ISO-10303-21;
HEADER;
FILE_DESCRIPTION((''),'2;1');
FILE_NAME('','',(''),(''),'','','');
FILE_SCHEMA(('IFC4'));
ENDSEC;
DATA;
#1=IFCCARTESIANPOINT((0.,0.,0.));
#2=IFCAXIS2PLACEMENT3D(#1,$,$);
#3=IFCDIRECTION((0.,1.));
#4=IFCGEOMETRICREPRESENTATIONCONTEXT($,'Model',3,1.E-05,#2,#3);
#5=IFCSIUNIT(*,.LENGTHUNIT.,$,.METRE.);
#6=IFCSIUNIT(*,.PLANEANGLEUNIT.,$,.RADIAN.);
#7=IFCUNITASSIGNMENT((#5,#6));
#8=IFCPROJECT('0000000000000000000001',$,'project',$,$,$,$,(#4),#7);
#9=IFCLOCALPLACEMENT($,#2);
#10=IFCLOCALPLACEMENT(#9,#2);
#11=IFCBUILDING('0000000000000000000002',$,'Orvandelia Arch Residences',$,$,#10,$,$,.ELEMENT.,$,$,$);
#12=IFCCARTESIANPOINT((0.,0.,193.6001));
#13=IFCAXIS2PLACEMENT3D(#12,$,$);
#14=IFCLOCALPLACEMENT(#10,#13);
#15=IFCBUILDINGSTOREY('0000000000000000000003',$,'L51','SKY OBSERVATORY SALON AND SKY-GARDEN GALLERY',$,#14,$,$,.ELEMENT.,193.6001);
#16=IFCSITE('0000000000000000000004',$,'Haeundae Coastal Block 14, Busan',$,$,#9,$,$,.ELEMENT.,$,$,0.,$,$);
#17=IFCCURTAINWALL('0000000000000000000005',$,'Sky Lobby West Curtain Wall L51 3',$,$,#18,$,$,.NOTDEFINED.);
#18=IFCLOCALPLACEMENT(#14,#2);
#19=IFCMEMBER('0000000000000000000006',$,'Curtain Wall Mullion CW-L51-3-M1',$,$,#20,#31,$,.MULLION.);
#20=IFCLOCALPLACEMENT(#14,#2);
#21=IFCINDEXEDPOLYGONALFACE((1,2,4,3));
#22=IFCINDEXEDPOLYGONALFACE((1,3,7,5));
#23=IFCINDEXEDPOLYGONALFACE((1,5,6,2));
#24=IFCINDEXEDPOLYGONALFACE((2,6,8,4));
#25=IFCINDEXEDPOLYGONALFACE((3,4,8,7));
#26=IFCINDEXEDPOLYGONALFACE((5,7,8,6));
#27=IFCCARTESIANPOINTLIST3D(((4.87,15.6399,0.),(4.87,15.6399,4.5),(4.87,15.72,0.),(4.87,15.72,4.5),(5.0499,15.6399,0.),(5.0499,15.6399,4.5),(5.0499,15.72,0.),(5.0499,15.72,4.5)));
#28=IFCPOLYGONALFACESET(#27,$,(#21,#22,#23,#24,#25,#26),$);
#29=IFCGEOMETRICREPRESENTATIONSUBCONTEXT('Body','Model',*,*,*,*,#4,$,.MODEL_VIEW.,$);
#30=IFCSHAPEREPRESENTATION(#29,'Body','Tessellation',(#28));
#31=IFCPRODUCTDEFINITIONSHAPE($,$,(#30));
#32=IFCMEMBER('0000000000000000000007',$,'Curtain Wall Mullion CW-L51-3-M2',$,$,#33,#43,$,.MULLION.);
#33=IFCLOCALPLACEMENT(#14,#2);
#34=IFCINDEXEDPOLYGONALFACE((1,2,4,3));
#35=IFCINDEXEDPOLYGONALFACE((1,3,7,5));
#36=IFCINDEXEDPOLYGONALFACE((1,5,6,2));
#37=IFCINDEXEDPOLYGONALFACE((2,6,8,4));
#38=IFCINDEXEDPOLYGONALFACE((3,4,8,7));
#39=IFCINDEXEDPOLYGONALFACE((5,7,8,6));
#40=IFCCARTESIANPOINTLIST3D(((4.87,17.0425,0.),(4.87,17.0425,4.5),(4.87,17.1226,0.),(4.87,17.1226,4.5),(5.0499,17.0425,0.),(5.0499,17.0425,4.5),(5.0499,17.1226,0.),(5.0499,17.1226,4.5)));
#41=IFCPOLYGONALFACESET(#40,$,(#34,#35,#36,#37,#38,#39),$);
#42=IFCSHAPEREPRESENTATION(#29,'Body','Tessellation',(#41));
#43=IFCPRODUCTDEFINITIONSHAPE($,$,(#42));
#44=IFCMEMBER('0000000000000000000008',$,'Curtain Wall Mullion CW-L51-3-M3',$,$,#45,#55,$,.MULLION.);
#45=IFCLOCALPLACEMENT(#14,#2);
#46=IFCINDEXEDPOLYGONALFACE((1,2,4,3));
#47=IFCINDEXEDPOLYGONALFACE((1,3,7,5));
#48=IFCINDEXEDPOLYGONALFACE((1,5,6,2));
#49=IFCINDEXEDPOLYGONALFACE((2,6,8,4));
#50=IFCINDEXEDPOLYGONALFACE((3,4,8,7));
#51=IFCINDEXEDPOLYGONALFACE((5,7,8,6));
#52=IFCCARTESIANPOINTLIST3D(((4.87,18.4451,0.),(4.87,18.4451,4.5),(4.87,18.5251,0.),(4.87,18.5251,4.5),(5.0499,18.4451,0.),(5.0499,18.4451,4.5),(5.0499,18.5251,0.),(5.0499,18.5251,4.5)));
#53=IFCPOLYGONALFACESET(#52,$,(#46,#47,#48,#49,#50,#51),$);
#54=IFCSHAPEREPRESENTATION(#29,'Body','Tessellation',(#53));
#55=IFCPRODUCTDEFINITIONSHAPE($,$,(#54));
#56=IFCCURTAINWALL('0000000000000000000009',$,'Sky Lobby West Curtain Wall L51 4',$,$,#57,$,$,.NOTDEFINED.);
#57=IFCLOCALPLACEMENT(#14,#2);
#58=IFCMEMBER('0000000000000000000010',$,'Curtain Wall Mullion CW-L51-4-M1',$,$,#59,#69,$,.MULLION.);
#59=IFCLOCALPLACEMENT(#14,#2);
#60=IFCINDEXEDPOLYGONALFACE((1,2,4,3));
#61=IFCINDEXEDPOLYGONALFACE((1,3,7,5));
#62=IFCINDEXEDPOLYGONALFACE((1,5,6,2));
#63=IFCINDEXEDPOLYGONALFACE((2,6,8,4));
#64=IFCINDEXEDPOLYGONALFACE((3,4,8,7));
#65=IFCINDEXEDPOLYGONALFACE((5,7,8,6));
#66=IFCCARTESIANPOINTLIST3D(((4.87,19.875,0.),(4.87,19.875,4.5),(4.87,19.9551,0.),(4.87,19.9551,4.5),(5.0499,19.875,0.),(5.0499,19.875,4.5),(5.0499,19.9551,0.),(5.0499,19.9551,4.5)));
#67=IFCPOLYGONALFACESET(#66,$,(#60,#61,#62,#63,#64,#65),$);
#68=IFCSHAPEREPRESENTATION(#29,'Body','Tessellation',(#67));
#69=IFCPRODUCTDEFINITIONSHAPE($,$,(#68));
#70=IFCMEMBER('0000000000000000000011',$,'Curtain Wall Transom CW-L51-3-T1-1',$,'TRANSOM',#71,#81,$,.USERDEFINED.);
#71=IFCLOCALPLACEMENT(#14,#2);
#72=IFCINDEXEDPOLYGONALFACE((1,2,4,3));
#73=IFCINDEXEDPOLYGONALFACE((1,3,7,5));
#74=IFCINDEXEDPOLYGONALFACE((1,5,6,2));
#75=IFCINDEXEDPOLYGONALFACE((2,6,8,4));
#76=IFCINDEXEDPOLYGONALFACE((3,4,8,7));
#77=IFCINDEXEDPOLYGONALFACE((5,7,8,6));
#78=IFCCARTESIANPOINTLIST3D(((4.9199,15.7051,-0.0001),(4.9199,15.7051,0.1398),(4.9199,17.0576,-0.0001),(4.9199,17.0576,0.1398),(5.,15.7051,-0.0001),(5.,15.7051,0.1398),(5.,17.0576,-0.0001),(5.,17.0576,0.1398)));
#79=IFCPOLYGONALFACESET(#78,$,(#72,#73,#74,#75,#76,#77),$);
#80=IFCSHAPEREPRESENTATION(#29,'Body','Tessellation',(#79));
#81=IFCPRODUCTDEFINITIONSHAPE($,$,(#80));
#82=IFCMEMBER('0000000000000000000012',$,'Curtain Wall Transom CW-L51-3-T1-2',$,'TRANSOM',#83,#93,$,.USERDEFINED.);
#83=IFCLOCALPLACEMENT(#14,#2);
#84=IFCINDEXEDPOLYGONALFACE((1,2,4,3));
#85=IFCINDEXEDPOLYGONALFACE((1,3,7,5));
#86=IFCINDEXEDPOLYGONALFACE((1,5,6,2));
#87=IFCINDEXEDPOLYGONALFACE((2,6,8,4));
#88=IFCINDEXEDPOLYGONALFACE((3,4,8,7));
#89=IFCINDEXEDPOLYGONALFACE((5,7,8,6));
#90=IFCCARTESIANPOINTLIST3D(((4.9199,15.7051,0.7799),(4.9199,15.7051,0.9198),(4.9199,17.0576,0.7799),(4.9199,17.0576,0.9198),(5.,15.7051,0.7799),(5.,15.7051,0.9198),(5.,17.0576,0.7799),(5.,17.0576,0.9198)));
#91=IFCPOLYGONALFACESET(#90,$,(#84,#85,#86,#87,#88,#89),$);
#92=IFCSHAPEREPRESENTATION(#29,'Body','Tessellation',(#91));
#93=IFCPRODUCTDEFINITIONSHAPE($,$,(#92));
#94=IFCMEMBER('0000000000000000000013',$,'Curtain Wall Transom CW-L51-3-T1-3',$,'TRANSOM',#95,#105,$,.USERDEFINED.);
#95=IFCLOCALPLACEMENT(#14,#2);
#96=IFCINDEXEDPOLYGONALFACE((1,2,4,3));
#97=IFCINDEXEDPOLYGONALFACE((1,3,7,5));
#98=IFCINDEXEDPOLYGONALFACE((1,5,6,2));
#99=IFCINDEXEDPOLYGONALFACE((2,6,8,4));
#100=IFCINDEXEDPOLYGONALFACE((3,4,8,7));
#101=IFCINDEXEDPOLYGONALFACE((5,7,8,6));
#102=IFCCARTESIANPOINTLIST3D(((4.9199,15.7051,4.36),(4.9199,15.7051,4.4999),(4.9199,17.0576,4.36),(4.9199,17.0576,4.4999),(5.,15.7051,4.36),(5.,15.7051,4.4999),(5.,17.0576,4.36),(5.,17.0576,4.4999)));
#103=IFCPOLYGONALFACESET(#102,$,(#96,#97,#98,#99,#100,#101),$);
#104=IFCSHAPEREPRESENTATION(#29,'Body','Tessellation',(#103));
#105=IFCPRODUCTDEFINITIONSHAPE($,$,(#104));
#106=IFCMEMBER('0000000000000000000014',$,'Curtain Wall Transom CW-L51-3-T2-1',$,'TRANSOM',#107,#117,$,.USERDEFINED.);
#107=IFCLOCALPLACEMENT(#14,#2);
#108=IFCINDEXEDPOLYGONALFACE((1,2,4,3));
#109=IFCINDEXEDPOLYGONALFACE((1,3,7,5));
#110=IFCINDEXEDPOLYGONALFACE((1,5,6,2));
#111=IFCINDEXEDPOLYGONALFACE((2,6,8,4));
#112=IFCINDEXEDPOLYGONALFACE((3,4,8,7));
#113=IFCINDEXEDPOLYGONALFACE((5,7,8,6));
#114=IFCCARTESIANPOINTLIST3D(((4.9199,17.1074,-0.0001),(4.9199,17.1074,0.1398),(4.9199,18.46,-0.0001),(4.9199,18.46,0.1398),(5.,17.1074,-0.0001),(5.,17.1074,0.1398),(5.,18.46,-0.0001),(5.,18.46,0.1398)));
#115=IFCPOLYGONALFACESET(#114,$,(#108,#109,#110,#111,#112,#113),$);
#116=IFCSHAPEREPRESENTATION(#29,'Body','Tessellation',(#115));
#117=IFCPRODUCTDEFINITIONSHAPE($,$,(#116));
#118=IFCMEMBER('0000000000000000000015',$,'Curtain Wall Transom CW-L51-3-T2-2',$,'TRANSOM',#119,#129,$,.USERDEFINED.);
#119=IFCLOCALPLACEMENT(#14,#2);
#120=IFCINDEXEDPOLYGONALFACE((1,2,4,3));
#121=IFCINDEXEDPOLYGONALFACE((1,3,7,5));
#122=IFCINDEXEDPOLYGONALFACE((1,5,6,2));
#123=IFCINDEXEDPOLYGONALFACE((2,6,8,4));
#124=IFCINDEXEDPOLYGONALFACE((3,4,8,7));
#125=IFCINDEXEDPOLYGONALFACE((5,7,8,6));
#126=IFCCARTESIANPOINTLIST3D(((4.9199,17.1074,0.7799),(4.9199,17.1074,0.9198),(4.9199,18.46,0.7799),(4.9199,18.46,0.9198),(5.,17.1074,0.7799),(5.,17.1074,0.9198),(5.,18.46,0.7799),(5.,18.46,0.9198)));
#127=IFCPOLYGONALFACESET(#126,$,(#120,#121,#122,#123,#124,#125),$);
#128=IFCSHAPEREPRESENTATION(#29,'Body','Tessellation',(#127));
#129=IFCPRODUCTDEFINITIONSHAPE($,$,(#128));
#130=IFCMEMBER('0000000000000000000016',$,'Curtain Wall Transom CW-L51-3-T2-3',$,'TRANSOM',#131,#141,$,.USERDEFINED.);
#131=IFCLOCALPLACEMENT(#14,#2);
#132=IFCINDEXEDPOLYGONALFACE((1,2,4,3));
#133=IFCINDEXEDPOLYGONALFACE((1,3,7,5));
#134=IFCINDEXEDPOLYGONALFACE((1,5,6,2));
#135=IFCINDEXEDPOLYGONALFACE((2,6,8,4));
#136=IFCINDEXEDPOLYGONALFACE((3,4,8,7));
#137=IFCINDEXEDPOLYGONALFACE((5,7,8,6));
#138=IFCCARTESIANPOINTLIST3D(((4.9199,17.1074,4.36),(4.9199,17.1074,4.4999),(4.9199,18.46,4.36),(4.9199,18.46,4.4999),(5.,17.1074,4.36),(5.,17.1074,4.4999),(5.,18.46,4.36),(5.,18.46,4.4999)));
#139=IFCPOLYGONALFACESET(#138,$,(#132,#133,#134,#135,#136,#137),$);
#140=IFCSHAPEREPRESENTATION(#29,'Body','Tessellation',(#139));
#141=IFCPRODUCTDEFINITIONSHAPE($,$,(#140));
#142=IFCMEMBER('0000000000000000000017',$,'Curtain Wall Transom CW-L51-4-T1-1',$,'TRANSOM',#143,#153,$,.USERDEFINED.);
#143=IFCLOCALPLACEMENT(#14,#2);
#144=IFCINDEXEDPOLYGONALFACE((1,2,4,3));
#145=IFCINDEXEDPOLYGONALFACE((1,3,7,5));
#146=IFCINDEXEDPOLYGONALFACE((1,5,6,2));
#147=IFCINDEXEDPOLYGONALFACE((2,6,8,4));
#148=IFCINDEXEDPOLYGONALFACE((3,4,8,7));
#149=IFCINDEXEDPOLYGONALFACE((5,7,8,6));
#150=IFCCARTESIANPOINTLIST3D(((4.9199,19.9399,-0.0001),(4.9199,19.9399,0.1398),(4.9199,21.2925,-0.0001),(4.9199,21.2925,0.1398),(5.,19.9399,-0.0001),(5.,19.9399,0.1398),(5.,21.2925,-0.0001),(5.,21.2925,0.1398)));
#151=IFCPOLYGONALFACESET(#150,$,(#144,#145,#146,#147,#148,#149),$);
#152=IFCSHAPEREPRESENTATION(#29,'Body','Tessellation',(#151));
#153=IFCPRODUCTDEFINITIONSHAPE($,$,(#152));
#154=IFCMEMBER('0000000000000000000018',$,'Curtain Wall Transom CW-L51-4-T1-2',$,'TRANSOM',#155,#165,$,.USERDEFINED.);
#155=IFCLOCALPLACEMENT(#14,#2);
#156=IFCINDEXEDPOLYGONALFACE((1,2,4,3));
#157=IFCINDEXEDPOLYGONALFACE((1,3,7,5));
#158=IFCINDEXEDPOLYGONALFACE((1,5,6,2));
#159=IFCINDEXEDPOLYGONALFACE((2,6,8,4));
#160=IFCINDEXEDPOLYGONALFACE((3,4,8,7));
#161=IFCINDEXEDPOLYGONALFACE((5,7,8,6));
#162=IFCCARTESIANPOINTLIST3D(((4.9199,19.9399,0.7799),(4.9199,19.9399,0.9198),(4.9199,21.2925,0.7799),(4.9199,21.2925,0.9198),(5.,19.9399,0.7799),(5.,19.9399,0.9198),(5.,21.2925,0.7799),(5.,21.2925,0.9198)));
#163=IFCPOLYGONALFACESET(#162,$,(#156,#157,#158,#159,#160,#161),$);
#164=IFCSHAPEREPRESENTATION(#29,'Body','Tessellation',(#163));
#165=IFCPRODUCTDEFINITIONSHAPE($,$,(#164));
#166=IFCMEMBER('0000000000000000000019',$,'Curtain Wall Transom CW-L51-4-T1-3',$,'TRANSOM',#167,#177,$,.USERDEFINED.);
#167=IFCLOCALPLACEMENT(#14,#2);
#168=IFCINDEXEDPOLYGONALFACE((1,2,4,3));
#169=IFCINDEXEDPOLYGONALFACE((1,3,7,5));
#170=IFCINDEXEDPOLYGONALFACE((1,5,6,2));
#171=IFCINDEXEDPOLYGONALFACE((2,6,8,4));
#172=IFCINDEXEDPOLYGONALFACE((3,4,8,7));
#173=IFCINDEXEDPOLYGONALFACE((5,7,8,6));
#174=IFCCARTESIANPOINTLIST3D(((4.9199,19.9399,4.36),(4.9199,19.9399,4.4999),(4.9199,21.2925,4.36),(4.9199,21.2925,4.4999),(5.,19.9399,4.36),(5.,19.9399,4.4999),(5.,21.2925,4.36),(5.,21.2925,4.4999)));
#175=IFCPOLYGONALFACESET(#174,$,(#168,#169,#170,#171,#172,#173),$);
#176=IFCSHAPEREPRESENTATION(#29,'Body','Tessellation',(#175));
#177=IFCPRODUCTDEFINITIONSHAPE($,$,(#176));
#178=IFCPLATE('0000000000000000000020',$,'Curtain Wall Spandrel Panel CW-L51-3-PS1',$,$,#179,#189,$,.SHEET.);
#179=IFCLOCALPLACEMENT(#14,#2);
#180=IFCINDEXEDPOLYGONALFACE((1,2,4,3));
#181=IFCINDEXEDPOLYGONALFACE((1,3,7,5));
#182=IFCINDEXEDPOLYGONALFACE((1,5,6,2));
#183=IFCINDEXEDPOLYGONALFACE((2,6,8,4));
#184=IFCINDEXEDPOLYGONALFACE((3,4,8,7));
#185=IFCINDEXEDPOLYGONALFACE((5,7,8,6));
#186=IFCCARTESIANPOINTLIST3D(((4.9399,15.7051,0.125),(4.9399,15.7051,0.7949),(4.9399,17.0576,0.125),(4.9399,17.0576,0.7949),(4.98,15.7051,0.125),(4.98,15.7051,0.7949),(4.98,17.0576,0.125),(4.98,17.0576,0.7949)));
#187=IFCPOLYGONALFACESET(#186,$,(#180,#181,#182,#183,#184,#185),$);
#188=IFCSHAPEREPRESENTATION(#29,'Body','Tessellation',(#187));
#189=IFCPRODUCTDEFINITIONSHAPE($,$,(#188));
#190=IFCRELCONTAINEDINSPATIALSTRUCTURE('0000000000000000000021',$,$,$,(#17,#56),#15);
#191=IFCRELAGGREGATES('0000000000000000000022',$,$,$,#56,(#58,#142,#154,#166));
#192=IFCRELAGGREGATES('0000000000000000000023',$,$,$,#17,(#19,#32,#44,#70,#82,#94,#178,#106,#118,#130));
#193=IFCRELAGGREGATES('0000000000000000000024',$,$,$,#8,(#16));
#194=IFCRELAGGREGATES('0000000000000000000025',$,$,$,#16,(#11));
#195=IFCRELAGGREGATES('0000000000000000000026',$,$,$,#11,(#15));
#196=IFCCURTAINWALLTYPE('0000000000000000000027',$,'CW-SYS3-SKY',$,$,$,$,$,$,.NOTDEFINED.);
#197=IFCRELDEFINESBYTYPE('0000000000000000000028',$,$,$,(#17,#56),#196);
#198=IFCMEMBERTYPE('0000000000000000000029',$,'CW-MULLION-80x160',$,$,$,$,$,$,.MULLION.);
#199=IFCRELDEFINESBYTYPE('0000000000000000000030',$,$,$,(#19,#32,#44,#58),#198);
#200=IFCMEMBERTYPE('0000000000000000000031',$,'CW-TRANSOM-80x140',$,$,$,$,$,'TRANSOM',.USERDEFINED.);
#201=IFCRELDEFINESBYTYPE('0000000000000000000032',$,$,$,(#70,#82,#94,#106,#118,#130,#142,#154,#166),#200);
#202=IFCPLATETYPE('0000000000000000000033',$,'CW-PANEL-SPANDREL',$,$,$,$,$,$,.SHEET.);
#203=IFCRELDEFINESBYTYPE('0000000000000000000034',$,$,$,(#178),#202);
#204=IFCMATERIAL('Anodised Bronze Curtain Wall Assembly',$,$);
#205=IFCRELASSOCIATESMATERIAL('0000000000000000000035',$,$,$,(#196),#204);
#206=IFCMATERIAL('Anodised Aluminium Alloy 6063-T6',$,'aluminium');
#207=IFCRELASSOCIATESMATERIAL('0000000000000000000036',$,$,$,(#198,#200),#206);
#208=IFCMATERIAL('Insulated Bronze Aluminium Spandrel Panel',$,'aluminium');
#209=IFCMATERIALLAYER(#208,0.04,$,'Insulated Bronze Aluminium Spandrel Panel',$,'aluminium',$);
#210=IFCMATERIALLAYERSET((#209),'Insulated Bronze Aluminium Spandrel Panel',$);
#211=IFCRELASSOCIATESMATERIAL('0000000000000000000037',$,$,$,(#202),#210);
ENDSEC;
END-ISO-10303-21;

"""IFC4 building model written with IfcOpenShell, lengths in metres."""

from ifc_helpers import new_model, si_unit, direction, frame, origin, origin_2d, place, context, subcontext, project, spatial, rectangle, extrude, material, layer, layer_set, material_profile, profile_set, type_object, element, aggregate, save


model = new_model("IFC4")

# Units and contexts
model_context = context("Model", 3, precision=1e-05, world=origin(), true_north=direction((0.0, 1.0)))
body_context = subcontext(model_context, "Body", "Model", "MODEL_VIEW")
ifc_project = project(units=[si_unit("LENGTHUNIT", "METRE"), si_unit("PLANEANGLEUNIT", "RADIAN")], contexts=[model_context])

# Site, building, storey
site_placement = place(None, origin())
site = spatial("IfcSite", under=ifc_project, at=site_placement, Name="Haeundae Coastal Block 14, Busan", CompositionType="ELEMENT", RefElevation=0.0)
building_placement = place(site_placement, origin())
building = spatial("IfcBuilding", under=site, at=building_placement, Name="Orvandelia Arch Residences", CompositionType="ELEMENT")
storey_placement = place(building_placement, frame((0.0, 0.0, 193.6001)))
storey = spatial("IfcBuildingStorey", under=building, at=storey_placement, Name="L51", Description="SKY OBSERVATORY SALON AND SKY-GARDEN GALLERY", CompositionType="ELEMENT", Elevation=193.6001)

# Curtain wall, members
ifc_material_1 = material(Name="Anodised Bronze Curtain Wall Assembly")
curtain_wall_type = type_object("IfcCurtainWallType", Name="CW-SYS3-SKY", PredefinedType="NOTDEFINED", material=ifc_material_1)
curtain_wall_1_placement = place(storey_placement, origin())
curtain_wall_1 = element("IfcCurtainWall", 1, at=curtain_wall_1_placement, inside=storey, type_object=curtain_wall_type, Name="Sky Lobby West Curtain Wall L51 3", PredefinedType="NOTDEFINED")
ifc_material_2 = material(Name="Anodised Aluminium Alloy 6063-T6", Category="aluminium")
ifc_material_profile_1 = material_profile(ifc_material_2, rectangle(XDim=0.0801, YDim=0.1799, at=origin_2d()), Name="Anodised Aluminium Alloy 6063-T6", Category="aluminium")
ifc_profile_set_1 = profile_set([ifc_material_profile_1], Name="Anodised Aluminium Alloy 6063-T6")
member_type_1 = type_object("IfcMemberType", Name="CW-MULLION-80x160", PredefinedType="MULLION", material=ifc_profile_set_1)
member_1_placement = place(storey_placement, frame((4.96, 15.6799, 0.0), z_axis=(0.0, 0.0, 1.0), x_axis=(0.0, 1.0, 0.0)))
member_1 = element("IfcMember", 2, at=member_1_placement, type_object=member_type_1, Name="Curtain Wall Mullion CW-L51-3-M1", PredefinedType="MULLION", context=body_context, shape_type="SweptSolid", body=[
    extrude(rectangle(XDim=0.0801, YDim=0.1799, at=origin_2d()), origin(), (0.0, 0.0, 1.0), 4.5),
])
member_2_placement = place(storey_placement, frame((4.96, 17.0825, 0.0), z_axis=(0.0, 0.0, 1.0), x_axis=(0.0, 1.0, 0.0)))
member_2 = element("IfcMember", 3, at=member_2_placement, type_object=member_type_1, Name="Curtain Wall Mullion CW-L51-3-M2", PredefinedType="MULLION", context=body_context, shape_type="SweptSolid", body=[
    extrude(rectangle(XDim=0.0801, YDim=0.1799, at=origin_2d()), origin(), (0.0, 0.0, 1.0), 4.5),
])
member_3_placement = place(storey_placement, frame((4.96, 18.4851, 0.0), z_axis=(0.0, 0.0, 1.0), x_axis=(0.0, 1.0, 0.0)))
member_3 = element("IfcMember", 4, at=member_3_placement, type_object=member_type_1, Name="Curtain Wall Mullion CW-L51-3-M3", PredefinedType="MULLION", context=body_context, shape_type="SweptSolid", body=[
    extrude(rectangle(XDim=0.0801, YDim=0.1799, at=origin_2d()), origin(), (0.0, 0.0, 1.0), 4.5),
])

# Curtain wall, member
curtain_wall_2_placement = place(storey_placement, origin())
curtain_wall_2 = element("IfcCurtainWall", 5, at=curtain_wall_2_placement, inside=storey, type_object=curtain_wall_type, Name="Sky Lobby West Curtain Wall L51 4", PredefinedType="NOTDEFINED")
member_4_placement = place(storey_placement, frame((4.96, 19.915, 0.0), z_axis=(0.0, 0.0, 1.0), x_axis=(0.0, 1.0, 0.0)))
member_4 = element("IfcMember", 6, at=member_4_placement, type_object=member_type_1, Name="Curtain Wall Mullion CW-L51-4-M1", PredefinedType="MULLION", context=body_context, shape_type="SweptSolid", body=[
    extrude(rectangle(XDim=0.0801, YDim=0.1799, at=origin_2d()), origin(), (0.0, 0.0, 1.0), 4.5),
])

# Members
ifc_material_profile_2 = material_profile(ifc_material_2, rectangle(XDim=0.0801, YDim=0.1399, at=origin_2d()), Name="Anodised Aluminium Alloy 6063-T6", Category="aluminium")
ifc_profile_set_2 = profile_set([ifc_material_profile_2], Name="Anodised Aluminium Alloy 6063-T6")
member_type_2 = type_object("IfcMemberType", Name="CW-TRANSOM-80x140", ElementType="TRANSOM", PredefinedType="USERDEFINED", material=ifc_profile_set_2)
member_5_placement = place(storey_placement, frame((4.96, 15.7051, 0.0698), z_axis=(0.0, 1.0, 0.0), x_axis=(-1.0, 0.0, 0.0)))
member_5 = element("IfcMember", 7, at=member_5_placement, type_object=member_type_2, Name="Curtain Wall Transom CW-L51-3-T1-1", ObjectType="TRANSOM", PredefinedType="USERDEFINED", context=body_context, shape_type="SweptSolid", body=[
    extrude(rectangle(XDim=0.0801, YDim=0.1399, at=origin_2d()), origin(), (0.0, 0.0, 1.0), 1.3525),
])
member_6_placement = place(storey_placement, frame((4.96, 15.7051, 0.8499), z_axis=(0.0, 1.0, 0.0), x_axis=(-1.0, 0.0, 0.0)))
member_6 = element("IfcMember", 8, at=member_6_placement, type_object=member_type_2, Name="Curtain Wall Transom CW-L51-3-T1-2", ObjectType="TRANSOM", PredefinedType="USERDEFINED", context=body_context, shape_type="SweptSolid", body=[
    extrude(rectangle(XDim=0.0801, YDim=0.1399, at=origin_2d()), origin(), (0.0, 0.0, 1.0), 1.3525),
])
member_7_placement = place(storey_placement, frame((4.96, 15.7051, 4.4299), z_axis=(0.0, 1.0, 0.0), x_axis=(-1.0, 0.0, 0.0)))
member_7 = element("IfcMember", 9, at=member_7_placement, type_object=member_type_2, Name="Curtain Wall Transom CW-L51-3-T1-3", ObjectType="TRANSOM", PredefinedType="USERDEFINED", context=body_context, shape_type="SweptSolid", body=[
    extrude(rectangle(XDim=0.0801, YDim=0.1399, at=origin_2d()), origin(), (0.0, 0.0, 1.0), 1.3525),
])
member_8_placement = place(storey_placement, frame((4.96, 17.1074, 0.0698), z_axis=(0.0, 1.0, 0.0), x_axis=(-1.0, 0.0, 0.0)))
member_8 = element("IfcMember", 10, at=member_8_placement, type_object=member_type_2, Name="Curtain Wall Transom CW-L51-3-T2-1", ObjectType="TRANSOM", PredefinedType="USERDEFINED", context=body_context, shape_type="SweptSolid", body=[
    extrude(rectangle(XDim=0.0801, YDim=0.1399, at=origin_2d()), origin(), (0.0, 0.0, 1.0), 1.3525),
])
member_9_placement = place(storey_placement, frame((4.96, 17.1074, 0.8499), z_axis=(0.0, 1.0, 0.0), x_axis=(-1.0, 0.0, 0.0)))
member_9 = element("IfcMember", 11, at=member_9_placement, type_object=member_type_2, Name="Curtain Wall Transom CW-L51-3-T2-2", ObjectType="TRANSOM", PredefinedType="USERDEFINED", context=body_context, shape_type="SweptSolid", body=[
    extrude(rectangle(XDim=0.0801, YDim=0.1399, at=origin_2d()), origin(), (0.0, 0.0, 1.0), 1.3525),
])
member_10_placement = place(storey_placement, frame((4.96, 17.1074, 4.4299), z_axis=(0.0, 1.0, 0.0), x_axis=(-1.0, 0.0, 0.0)))
member_10 = element("IfcMember", 12, at=member_10_placement, type_object=member_type_2, Name="Curtain Wall Transom CW-L51-3-T2-3", ObjectType="TRANSOM", PredefinedType="USERDEFINED", context=body_context, shape_type="SweptSolid", body=[
    extrude(rectangle(XDim=0.0801, YDim=0.1399, at=origin_2d()), origin(), (0.0, 0.0, 1.0), 1.3525),
])
member_11_placement = place(storey_placement, frame((4.96, 19.9399, 0.0698), z_axis=(0.0, 1.0, 0.0), x_axis=(-1.0, 0.0, 0.0)))
member_11 = element("IfcMember", 13, at=member_11_placement, type_object=member_type_2, Name="Curtain Wall Transom CW-L51-4-T1-1", ObjectType="TRANSOM", PredefinedType="USERDEFINED", context=body_context, shape_type="SweptSolid", body=[
    extrude(rectangle(XDim=0.0801, YDim=0.1399, at=origin_2d()), origin(), (0.0, 0.0, 1.0), 1.3525),
])
member_12_placement = place(storey_placement, frame((4.96, 19.9399, 0.8499), z_axis=(0.0, 1.0, 0.0), x_axis=(-1.0, 0.0, 0.0)))
member_12 = element("IfcMember", 14, at=member_12_placement, type_object=member_type_2, Name="Curtain Wall Transom CW-L51-4-T1-2", ObjectType="TRANSOM", PredefinedType="USERDEFINED", context=body_context, shape_type="SweptSolid", body=[
    extrude(rectangle(XDim=0.0801, YDim=0.1399, at=origin_2d()), origin(), (0.0, 0.0, 1.0), 1.3525),
])
member_13_placement = place(storey_placement, frame((4.96, 19.9399, 4.4299), z_axis=(0.0, 1.0, 0.0), x_axis=(-1.0, 0.0, 0.0)))
member_13 = element("IfcMember", 15, at=member_13_placement, type_object=member_type_2, Name="Curtain Wall Transom CW-L51-4-T1-3", ObjectType="TRANSOM", PredefinedType="USERDEFINED", context=body_context, shape_type="SweptSolid", body=[
    extrude(rectangle(XDim=0.0801, YDim=0.1399, at=origin_2d()), origin(), (0.0, 0.0, 1.0), 1.3525),
])

# Plate
ifc_material_3 = material(Name="Insulated Bronze Aluminium Spandrel Panel", Category="aluminium")
ifc_layer_1 = layer(ifc_material_3, 0.04, Name="Insulated Bronze Aluminium Spandrel Panel", Category="aluminium")
ifc_layer_set_1 = layer_set([ifc_layer_1], Name="Insulated Bronze Aluminium Spandrel Panel")
plate_type_1 = type_object("IfcPlateType", Name="CW-PANEL-SPANDREL", PredefinedType="SHEET", material=ifc_layer_set_1)
plate_1_placement = place(storey_placement, frame((4.96, 16.3813, 0.125), z_axis=(0.0, 0.0, 1.0), x_axis=(0.0, 1.0, 0.0)))
plate_1 = element("IfcPlate", 16, at=plate_1_placement, type_object=plate_type_1, Name="Curtain Wall Spandrel Panel CW-L51-3-PS1", PredefinedType="SHEET", context=body_context, shape_type="SweptSolid", body=[
    extrude(rectangle(XDim=1.3525, YDim=0.04, at=origin_2d()), origin(), (0.0, 0.0, 1.0), 0.6699),
])
aggregate(curtain_wall_2, [member_4, member_11, member_12, member_13])
aggregate(curtain_wall_1, [member_1, member_2, member_3, member_5, member_6, member_7, plate_1, member_8, member_9, member_10])

save(model, "model.ifc")
